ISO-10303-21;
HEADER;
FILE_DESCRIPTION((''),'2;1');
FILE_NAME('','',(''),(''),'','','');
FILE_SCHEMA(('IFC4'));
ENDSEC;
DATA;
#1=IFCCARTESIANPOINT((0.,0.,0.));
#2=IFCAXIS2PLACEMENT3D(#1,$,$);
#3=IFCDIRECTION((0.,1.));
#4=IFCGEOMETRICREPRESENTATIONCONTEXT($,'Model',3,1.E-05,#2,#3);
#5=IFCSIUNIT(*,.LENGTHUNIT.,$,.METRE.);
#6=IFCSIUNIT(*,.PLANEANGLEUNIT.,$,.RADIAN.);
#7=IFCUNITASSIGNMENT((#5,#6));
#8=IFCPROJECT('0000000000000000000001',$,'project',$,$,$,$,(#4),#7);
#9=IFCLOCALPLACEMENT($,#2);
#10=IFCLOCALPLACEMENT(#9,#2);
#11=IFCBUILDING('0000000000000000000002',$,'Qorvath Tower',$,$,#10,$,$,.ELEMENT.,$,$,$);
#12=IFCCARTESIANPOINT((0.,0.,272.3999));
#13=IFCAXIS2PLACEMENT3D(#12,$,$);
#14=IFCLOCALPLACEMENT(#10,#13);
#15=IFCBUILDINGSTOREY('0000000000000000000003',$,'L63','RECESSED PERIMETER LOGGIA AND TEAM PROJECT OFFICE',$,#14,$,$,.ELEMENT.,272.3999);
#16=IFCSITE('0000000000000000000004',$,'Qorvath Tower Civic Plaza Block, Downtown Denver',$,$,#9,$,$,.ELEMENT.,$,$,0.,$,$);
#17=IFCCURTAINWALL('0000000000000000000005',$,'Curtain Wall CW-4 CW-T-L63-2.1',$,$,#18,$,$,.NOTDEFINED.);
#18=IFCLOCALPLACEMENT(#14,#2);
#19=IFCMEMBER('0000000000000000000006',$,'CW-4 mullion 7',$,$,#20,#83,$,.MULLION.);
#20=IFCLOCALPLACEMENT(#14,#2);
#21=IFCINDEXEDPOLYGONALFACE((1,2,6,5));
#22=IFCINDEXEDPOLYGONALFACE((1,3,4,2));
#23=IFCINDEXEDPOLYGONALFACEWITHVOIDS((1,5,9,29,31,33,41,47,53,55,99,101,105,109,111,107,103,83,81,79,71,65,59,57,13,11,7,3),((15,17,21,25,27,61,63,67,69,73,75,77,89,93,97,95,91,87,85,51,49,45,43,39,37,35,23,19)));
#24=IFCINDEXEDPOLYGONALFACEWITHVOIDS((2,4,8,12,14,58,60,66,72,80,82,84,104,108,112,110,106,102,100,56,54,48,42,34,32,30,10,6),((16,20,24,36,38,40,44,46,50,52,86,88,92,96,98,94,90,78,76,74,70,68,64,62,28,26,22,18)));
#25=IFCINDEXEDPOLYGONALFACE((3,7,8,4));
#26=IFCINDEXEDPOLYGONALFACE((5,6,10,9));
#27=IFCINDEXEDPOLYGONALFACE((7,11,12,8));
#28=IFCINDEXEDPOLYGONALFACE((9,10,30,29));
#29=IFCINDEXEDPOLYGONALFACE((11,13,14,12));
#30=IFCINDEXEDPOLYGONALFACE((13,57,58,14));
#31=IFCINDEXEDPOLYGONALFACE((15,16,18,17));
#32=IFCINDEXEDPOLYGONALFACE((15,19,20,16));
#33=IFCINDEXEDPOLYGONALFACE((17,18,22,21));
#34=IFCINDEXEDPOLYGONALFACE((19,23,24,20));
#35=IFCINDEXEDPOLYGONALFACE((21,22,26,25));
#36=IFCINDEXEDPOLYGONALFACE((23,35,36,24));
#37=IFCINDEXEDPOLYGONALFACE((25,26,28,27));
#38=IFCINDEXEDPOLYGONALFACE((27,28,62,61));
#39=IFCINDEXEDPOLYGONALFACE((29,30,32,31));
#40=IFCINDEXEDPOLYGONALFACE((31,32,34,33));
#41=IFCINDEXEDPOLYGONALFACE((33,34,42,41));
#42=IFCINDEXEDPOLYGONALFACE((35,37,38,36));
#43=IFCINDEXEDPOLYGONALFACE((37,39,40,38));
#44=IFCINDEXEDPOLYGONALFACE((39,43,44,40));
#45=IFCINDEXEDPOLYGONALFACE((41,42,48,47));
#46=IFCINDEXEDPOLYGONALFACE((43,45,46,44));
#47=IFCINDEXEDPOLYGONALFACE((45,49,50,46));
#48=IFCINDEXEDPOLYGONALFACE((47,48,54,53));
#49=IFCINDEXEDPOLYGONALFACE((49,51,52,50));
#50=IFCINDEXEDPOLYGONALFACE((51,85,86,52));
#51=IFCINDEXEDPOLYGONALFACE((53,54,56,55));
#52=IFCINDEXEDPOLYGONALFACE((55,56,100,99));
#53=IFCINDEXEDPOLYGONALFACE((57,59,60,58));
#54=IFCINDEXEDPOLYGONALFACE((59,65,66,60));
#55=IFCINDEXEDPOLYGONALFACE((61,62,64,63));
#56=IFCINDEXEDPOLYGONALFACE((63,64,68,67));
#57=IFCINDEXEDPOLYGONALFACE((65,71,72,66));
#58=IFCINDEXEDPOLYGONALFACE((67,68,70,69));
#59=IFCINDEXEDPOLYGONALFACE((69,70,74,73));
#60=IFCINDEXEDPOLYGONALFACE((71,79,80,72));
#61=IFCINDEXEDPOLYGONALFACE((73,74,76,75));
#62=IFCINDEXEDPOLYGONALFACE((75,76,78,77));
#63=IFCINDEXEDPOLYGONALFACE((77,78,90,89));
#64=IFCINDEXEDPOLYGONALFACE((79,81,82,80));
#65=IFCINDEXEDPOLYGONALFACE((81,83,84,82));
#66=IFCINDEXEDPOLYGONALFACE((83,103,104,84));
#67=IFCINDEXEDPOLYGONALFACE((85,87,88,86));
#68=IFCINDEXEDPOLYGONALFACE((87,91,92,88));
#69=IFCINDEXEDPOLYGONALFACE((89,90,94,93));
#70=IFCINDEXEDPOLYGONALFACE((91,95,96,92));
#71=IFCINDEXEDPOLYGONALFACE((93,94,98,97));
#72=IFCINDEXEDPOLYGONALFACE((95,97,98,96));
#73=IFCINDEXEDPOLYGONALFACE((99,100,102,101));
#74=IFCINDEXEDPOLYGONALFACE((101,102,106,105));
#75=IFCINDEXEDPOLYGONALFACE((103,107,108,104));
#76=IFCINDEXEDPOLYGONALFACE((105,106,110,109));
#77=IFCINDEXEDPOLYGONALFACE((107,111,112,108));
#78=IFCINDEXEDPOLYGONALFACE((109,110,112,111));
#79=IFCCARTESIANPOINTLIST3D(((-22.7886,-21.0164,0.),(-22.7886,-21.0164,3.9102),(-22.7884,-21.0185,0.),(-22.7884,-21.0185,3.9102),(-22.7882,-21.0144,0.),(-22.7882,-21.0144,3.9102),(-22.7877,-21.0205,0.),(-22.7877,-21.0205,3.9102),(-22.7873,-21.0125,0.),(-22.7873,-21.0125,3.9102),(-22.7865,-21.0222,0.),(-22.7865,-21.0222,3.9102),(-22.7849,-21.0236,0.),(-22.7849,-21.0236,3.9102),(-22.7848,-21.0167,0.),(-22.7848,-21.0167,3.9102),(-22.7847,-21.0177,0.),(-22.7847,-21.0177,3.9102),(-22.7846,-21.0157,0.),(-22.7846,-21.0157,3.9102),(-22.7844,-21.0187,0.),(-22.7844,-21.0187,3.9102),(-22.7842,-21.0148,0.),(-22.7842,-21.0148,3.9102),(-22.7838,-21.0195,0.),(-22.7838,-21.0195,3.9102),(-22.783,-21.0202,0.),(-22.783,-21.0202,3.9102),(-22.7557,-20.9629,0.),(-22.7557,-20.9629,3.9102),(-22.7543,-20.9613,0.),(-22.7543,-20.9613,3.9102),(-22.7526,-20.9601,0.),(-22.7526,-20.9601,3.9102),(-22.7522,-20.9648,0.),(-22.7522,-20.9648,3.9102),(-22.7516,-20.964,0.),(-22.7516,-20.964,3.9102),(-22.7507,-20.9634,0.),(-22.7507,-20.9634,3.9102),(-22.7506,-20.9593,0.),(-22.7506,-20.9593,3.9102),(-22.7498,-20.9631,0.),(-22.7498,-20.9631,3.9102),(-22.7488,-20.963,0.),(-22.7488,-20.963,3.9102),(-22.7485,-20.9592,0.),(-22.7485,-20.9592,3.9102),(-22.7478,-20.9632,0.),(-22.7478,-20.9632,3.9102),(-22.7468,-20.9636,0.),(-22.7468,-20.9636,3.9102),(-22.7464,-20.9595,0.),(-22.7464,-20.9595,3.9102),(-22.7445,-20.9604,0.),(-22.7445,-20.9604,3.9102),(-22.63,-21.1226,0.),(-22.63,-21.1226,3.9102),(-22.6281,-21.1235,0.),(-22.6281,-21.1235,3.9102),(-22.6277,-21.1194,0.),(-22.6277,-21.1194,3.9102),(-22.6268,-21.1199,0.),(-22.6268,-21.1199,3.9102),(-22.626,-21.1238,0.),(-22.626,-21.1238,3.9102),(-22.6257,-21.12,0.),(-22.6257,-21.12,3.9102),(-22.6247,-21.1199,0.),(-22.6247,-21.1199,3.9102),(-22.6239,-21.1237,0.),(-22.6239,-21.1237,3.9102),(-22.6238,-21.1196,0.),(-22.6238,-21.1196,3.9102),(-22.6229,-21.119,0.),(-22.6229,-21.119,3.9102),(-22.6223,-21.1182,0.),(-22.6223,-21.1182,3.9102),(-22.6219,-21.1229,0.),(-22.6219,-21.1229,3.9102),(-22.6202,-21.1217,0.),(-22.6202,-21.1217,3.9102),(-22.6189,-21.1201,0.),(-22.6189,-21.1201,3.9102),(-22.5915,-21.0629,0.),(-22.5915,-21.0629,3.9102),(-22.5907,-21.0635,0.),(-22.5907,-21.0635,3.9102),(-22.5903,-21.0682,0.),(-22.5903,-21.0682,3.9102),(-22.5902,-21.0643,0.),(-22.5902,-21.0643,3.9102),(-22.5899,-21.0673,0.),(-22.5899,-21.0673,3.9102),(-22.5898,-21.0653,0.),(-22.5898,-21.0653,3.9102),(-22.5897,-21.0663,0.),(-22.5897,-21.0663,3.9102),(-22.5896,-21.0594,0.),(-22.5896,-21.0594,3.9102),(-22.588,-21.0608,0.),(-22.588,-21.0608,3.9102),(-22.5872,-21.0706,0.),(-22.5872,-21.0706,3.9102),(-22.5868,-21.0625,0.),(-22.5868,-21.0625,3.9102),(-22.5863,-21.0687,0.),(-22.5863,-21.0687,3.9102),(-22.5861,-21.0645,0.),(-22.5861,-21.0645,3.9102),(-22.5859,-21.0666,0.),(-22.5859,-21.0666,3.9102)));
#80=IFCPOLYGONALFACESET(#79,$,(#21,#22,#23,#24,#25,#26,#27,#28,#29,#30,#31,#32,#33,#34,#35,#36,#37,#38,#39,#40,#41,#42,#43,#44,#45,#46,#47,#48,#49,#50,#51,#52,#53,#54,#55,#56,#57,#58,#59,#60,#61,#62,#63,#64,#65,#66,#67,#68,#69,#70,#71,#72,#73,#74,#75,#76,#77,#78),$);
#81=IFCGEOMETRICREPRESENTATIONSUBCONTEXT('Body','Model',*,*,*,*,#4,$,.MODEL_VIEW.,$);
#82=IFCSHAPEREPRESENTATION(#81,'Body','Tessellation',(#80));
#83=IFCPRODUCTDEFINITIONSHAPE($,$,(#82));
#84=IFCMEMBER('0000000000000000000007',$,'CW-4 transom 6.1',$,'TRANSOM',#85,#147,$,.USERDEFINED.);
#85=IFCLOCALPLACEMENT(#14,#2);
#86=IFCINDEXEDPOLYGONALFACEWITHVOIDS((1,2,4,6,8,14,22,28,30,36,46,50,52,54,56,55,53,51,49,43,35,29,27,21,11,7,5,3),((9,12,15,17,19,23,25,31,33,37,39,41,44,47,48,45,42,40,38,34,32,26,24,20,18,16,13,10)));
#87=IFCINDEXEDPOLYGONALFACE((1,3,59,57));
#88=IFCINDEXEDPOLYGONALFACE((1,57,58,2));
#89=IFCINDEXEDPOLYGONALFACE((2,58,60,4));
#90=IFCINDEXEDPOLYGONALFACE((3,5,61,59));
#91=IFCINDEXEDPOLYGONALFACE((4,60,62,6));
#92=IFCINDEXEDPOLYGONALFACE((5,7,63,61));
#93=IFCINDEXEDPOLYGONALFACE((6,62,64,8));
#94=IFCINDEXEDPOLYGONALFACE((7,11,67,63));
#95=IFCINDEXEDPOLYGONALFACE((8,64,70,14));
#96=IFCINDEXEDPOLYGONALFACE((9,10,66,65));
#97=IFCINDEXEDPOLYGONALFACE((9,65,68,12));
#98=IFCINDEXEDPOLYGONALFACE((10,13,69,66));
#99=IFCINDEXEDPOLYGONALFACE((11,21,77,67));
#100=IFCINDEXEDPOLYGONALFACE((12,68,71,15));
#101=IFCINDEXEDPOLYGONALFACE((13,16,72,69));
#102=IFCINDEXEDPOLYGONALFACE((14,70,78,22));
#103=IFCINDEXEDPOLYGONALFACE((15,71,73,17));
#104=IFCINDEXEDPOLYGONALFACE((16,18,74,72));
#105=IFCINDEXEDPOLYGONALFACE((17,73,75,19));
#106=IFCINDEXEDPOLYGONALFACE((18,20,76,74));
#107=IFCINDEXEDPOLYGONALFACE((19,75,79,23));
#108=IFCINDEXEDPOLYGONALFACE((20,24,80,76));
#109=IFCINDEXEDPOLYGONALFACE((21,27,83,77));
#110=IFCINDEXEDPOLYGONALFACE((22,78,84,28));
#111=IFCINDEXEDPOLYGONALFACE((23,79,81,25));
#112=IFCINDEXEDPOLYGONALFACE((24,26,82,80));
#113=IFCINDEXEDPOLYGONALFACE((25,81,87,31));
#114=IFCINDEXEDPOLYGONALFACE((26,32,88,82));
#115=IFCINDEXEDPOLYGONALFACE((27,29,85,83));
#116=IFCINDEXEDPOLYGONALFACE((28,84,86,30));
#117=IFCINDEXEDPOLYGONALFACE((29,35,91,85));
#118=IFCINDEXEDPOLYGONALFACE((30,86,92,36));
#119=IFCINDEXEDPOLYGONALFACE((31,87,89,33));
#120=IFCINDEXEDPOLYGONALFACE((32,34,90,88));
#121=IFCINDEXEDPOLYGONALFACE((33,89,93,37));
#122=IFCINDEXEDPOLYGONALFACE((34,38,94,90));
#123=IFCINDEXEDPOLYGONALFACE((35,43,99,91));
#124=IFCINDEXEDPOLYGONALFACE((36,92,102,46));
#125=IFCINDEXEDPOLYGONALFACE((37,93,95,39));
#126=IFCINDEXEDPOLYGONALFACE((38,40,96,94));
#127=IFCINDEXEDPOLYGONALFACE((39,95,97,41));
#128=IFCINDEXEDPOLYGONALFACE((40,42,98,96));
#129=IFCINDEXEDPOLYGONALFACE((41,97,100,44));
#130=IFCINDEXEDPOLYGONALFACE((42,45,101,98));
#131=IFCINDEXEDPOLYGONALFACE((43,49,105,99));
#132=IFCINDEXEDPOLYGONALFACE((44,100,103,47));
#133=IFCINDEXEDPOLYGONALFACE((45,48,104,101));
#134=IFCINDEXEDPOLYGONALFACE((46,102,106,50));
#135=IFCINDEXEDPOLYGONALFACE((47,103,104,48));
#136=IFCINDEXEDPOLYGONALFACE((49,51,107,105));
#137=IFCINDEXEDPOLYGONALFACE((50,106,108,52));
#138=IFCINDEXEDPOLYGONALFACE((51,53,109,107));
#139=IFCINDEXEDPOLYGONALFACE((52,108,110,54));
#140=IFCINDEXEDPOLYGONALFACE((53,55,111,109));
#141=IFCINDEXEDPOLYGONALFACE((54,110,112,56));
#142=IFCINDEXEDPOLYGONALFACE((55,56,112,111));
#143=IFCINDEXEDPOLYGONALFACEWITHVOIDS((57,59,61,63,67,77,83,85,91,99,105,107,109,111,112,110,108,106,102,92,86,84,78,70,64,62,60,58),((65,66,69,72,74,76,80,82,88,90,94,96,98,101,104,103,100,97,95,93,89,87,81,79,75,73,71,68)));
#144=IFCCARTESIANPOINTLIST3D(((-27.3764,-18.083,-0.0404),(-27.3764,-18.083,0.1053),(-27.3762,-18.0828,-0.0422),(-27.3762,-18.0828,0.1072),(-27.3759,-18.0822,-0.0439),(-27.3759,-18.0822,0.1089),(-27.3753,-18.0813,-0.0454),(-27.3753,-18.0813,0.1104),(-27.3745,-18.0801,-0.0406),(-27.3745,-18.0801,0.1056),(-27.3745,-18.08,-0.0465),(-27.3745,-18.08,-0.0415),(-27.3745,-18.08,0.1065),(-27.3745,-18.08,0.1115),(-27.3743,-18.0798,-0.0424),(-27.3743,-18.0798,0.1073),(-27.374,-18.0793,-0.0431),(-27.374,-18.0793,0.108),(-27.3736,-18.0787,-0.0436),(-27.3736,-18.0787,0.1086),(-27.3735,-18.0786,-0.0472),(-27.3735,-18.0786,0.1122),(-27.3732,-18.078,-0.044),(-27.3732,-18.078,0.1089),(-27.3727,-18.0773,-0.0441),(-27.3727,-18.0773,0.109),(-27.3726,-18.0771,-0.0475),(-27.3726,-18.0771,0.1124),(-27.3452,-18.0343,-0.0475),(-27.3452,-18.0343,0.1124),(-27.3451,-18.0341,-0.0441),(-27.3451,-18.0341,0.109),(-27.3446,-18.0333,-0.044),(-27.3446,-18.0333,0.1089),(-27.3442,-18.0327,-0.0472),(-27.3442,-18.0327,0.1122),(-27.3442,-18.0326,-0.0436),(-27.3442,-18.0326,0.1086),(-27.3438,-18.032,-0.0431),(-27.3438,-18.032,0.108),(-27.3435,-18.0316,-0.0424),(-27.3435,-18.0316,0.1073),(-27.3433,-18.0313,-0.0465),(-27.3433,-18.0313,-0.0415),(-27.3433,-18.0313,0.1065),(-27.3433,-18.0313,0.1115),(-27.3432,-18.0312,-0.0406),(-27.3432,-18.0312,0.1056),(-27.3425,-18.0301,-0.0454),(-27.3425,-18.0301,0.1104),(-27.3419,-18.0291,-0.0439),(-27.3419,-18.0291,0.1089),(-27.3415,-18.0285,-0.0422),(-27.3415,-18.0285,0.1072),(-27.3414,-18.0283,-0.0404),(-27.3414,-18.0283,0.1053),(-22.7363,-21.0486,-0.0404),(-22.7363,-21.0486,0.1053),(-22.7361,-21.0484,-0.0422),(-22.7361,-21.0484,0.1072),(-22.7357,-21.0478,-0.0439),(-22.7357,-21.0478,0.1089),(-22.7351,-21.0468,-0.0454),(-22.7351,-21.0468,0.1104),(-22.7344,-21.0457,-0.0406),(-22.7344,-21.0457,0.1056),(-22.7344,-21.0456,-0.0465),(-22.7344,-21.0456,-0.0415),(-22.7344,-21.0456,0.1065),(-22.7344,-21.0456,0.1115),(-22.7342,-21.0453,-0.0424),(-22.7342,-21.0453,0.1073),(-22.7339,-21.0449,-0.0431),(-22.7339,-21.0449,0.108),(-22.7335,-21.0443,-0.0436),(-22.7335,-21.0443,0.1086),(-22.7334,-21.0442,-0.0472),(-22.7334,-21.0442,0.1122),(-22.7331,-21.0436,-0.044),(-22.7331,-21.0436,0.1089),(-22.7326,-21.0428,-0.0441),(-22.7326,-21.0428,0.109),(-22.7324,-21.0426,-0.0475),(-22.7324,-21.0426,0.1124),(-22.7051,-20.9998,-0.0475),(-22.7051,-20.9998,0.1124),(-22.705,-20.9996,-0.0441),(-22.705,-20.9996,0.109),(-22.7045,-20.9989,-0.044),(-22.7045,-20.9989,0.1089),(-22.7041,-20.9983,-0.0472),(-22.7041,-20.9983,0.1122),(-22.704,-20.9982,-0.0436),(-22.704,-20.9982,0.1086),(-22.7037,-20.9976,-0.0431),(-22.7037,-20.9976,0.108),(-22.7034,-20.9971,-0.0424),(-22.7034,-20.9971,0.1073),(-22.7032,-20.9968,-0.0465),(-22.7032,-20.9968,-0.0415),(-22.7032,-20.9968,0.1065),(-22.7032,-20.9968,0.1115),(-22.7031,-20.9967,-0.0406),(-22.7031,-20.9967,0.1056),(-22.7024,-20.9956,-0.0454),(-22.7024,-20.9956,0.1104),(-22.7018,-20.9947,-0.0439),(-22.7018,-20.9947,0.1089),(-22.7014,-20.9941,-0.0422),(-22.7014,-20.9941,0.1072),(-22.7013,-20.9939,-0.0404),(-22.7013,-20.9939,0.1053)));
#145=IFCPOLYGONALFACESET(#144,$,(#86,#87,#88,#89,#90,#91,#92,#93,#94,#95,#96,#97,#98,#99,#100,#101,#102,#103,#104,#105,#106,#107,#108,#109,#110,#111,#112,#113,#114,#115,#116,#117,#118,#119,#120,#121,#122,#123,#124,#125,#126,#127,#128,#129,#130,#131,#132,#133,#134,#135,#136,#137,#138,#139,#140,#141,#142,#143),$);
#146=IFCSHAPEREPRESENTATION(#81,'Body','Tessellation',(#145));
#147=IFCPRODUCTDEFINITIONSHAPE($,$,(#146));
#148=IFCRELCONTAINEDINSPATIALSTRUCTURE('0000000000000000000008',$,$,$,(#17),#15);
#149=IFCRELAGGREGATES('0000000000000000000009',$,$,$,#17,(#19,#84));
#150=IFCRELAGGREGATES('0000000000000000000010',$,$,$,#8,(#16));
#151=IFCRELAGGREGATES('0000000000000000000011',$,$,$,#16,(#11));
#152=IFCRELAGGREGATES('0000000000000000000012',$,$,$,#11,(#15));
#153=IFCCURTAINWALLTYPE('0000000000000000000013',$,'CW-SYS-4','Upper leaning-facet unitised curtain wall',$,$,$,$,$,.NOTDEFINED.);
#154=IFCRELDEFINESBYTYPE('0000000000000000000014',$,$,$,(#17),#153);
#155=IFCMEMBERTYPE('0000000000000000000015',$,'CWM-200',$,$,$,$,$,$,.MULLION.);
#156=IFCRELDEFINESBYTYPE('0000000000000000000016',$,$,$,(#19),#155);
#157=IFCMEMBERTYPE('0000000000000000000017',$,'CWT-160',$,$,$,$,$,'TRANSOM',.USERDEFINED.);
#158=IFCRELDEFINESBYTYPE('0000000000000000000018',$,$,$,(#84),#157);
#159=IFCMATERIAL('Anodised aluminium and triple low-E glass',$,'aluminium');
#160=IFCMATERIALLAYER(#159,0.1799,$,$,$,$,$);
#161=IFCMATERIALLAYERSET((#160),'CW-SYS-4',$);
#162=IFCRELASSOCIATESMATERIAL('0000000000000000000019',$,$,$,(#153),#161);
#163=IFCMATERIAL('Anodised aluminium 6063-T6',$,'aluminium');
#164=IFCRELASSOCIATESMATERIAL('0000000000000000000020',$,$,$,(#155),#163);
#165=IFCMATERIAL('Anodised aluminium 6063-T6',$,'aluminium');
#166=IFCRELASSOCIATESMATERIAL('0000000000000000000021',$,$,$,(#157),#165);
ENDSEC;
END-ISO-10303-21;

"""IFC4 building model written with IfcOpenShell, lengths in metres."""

from ifc_helpers import new_model, si_unit, direction, frame, origin, origin_2d, place, context, subcontext, project, spatial, hollow_rectangle, extrude, material, layer, layer_set, material_profile, profile_set, type_object, element, aggregate, save


model = new_model("IFC4")

# Units and contexts
model_context = context("Model", 3, precision=1e-05, world=origin(), true_north=direction((0.0, 1.0)))
body_context = subcontext(model_context, "Body", "Model", "MODEL_VIEW")
ifc_project = project(units=[si_unit("LENGTHUNIT", "METRE"), si_unit("PLANEANGLEUNIT", "RADIAN")], contexts=[model_context])

# Site, building, storey
site_placement = place(None, origin())
site = spatial("IfcSite", under=ifc_project, at=site_placement, Name="Qorvath Tower Civic Plaza Block, Downtown Denver", CompositionType="ELEMENT", RefElevation=0.0)
building_placement = place(site_placement, origin())
building = spatial("IfcBuilding", under=site, at=building_placement, Name="Qorvath Tower", CompositionType="ELEMENT")
storey_placement = place(building_placement, frame((0.0, 0.0, 272.3999)))
storey = spatial("IfcBuildingStorey", under=building, at=storey_placement, Name="L63", Description="RECESSED PERIMETER LOGGIA AND TEAM PROJECT OFFICE", CompositionType="ELEMENT", Elevation=272.3999)

# Curtain wall, members
ifc_material_1 = material(Name="Anodised aluminium and triple low-E glass", Category="aluminium")
ifc_layer_1 = layer(ifc_material_1, 0.1799)
ifc_layer_set_1 = layer_set([ifc_layer_1], Name="CW-SYS-4")
curtain_wall_type = type_object("IfcCurtainWallType", Name="CW-SYS-4", Description="Upper leaning-facet unitised curtain wall", PredefinedType="NOTDEFINED", material=ifc_layer_set_1)
curtain_wall_placement = place(storey_placement, origin())
curtain_wall = element("IfcCurtainWall", 1, at=curtain_wall_placement, inside=storey, type_object=curtain_wall_type, Name="Curtain Wall CW-4 CW-T-L63-2.1", PredefinedType="NOTDEFINED")
ifc_material_2 = material(Name="Anodised aluminium 6063-T6", Category="aluminium")
ifc_material_profile_1 = material_profile(ifc_material_2, hollow_rectangle(XDim=0.075, YDim=0.2, WallThickness=0.0039, InnerFilletRadius=0.0039, OuterFilletRadius=0.0081, at=origin_2d()), Name="CWM 200x75")
ifc_profile_set_1 = profile_set([ifc_material_profile_1], Name="Anodised aluminium 6063-T6")
member_type_1 = type_object("IfcMemberType", Name="CWM-200", PredefinedType="MULLION", material=ifc_profile_set_1)
member_1_placement = place(storey_placement, frame((-22.6873, -21.0415, 0.0), z_axis=(0.0, 0.0, 1.0), x_axis=(0.538534, 0.842604, 0.0)))
member_1 = element("IfcMember", 2, at=member_1_placement, type_object=member_type_1, Name="CW-4 mullion 7", PredefinedType="MULLION", context=body_context, shape_type="SweptSolid", body=[
    extrude(hollow_rectangle(XDim=0.075, YDim=0.2, WallThickness=0.0039, InnerFilletRadius=0.0039, OuterFilletRadius=0.0081, at=origin_2d()), origin(), (0.0, 0.0, 1.0), 3.9102),
])
ifc_material_3 = material(Name="Anodised aluminium 6063-T6", Category="aluminium")
ifc_material_profile_2 = material_profile(ifc_material_3, hollow_rectangle(XDim=0.0649, YDim=0.1599, WallThickness=0.0034, InnerFilletRadius=0.0034, OuterFilletRadius=0.0071, at=origin_2d()), Name="CWT 160x65")
ifc_profile_set_2 = profile_set([ifc_material_profile_2], Name="Anodised aluminium 6063-T6")
member_type_2 = type_object("IfcMemberType", Name="CWT-160", ElementType="TRANSOM", PredefinedType="USERDEFINED", material=ifc_profile_set_2)
member_2_placement = place(storey_placement, frame((-27.3589, -18.0557, 0.0325), z_axis=(0.84261, -0.538524, 0.0), x_axis=(0.538524, 0.84261, 0.0)))
member_2 = element("IfcMember", 3, at=member_2_placement, type_object=member_type_2, Name="CW-4 transom 6.1", ObjectType="TRANSOM", PredefinedType="USERDEFINED", context=body_context, shape_type="SweptSolid", body=[
    extrude(hollow_rectangle(XDim=0.0649, YDim=0.1599, WallThickness=0.0034, InnerFilletRadius=0.0034, OuterFilletRadius=0.0071, at=origin_2d()), origin(), (0.0, 0.0, 1.0), 5.5068),
])
aggregate(curtain_wall, [member_1, member_2])

save(model, "model.ifc")
